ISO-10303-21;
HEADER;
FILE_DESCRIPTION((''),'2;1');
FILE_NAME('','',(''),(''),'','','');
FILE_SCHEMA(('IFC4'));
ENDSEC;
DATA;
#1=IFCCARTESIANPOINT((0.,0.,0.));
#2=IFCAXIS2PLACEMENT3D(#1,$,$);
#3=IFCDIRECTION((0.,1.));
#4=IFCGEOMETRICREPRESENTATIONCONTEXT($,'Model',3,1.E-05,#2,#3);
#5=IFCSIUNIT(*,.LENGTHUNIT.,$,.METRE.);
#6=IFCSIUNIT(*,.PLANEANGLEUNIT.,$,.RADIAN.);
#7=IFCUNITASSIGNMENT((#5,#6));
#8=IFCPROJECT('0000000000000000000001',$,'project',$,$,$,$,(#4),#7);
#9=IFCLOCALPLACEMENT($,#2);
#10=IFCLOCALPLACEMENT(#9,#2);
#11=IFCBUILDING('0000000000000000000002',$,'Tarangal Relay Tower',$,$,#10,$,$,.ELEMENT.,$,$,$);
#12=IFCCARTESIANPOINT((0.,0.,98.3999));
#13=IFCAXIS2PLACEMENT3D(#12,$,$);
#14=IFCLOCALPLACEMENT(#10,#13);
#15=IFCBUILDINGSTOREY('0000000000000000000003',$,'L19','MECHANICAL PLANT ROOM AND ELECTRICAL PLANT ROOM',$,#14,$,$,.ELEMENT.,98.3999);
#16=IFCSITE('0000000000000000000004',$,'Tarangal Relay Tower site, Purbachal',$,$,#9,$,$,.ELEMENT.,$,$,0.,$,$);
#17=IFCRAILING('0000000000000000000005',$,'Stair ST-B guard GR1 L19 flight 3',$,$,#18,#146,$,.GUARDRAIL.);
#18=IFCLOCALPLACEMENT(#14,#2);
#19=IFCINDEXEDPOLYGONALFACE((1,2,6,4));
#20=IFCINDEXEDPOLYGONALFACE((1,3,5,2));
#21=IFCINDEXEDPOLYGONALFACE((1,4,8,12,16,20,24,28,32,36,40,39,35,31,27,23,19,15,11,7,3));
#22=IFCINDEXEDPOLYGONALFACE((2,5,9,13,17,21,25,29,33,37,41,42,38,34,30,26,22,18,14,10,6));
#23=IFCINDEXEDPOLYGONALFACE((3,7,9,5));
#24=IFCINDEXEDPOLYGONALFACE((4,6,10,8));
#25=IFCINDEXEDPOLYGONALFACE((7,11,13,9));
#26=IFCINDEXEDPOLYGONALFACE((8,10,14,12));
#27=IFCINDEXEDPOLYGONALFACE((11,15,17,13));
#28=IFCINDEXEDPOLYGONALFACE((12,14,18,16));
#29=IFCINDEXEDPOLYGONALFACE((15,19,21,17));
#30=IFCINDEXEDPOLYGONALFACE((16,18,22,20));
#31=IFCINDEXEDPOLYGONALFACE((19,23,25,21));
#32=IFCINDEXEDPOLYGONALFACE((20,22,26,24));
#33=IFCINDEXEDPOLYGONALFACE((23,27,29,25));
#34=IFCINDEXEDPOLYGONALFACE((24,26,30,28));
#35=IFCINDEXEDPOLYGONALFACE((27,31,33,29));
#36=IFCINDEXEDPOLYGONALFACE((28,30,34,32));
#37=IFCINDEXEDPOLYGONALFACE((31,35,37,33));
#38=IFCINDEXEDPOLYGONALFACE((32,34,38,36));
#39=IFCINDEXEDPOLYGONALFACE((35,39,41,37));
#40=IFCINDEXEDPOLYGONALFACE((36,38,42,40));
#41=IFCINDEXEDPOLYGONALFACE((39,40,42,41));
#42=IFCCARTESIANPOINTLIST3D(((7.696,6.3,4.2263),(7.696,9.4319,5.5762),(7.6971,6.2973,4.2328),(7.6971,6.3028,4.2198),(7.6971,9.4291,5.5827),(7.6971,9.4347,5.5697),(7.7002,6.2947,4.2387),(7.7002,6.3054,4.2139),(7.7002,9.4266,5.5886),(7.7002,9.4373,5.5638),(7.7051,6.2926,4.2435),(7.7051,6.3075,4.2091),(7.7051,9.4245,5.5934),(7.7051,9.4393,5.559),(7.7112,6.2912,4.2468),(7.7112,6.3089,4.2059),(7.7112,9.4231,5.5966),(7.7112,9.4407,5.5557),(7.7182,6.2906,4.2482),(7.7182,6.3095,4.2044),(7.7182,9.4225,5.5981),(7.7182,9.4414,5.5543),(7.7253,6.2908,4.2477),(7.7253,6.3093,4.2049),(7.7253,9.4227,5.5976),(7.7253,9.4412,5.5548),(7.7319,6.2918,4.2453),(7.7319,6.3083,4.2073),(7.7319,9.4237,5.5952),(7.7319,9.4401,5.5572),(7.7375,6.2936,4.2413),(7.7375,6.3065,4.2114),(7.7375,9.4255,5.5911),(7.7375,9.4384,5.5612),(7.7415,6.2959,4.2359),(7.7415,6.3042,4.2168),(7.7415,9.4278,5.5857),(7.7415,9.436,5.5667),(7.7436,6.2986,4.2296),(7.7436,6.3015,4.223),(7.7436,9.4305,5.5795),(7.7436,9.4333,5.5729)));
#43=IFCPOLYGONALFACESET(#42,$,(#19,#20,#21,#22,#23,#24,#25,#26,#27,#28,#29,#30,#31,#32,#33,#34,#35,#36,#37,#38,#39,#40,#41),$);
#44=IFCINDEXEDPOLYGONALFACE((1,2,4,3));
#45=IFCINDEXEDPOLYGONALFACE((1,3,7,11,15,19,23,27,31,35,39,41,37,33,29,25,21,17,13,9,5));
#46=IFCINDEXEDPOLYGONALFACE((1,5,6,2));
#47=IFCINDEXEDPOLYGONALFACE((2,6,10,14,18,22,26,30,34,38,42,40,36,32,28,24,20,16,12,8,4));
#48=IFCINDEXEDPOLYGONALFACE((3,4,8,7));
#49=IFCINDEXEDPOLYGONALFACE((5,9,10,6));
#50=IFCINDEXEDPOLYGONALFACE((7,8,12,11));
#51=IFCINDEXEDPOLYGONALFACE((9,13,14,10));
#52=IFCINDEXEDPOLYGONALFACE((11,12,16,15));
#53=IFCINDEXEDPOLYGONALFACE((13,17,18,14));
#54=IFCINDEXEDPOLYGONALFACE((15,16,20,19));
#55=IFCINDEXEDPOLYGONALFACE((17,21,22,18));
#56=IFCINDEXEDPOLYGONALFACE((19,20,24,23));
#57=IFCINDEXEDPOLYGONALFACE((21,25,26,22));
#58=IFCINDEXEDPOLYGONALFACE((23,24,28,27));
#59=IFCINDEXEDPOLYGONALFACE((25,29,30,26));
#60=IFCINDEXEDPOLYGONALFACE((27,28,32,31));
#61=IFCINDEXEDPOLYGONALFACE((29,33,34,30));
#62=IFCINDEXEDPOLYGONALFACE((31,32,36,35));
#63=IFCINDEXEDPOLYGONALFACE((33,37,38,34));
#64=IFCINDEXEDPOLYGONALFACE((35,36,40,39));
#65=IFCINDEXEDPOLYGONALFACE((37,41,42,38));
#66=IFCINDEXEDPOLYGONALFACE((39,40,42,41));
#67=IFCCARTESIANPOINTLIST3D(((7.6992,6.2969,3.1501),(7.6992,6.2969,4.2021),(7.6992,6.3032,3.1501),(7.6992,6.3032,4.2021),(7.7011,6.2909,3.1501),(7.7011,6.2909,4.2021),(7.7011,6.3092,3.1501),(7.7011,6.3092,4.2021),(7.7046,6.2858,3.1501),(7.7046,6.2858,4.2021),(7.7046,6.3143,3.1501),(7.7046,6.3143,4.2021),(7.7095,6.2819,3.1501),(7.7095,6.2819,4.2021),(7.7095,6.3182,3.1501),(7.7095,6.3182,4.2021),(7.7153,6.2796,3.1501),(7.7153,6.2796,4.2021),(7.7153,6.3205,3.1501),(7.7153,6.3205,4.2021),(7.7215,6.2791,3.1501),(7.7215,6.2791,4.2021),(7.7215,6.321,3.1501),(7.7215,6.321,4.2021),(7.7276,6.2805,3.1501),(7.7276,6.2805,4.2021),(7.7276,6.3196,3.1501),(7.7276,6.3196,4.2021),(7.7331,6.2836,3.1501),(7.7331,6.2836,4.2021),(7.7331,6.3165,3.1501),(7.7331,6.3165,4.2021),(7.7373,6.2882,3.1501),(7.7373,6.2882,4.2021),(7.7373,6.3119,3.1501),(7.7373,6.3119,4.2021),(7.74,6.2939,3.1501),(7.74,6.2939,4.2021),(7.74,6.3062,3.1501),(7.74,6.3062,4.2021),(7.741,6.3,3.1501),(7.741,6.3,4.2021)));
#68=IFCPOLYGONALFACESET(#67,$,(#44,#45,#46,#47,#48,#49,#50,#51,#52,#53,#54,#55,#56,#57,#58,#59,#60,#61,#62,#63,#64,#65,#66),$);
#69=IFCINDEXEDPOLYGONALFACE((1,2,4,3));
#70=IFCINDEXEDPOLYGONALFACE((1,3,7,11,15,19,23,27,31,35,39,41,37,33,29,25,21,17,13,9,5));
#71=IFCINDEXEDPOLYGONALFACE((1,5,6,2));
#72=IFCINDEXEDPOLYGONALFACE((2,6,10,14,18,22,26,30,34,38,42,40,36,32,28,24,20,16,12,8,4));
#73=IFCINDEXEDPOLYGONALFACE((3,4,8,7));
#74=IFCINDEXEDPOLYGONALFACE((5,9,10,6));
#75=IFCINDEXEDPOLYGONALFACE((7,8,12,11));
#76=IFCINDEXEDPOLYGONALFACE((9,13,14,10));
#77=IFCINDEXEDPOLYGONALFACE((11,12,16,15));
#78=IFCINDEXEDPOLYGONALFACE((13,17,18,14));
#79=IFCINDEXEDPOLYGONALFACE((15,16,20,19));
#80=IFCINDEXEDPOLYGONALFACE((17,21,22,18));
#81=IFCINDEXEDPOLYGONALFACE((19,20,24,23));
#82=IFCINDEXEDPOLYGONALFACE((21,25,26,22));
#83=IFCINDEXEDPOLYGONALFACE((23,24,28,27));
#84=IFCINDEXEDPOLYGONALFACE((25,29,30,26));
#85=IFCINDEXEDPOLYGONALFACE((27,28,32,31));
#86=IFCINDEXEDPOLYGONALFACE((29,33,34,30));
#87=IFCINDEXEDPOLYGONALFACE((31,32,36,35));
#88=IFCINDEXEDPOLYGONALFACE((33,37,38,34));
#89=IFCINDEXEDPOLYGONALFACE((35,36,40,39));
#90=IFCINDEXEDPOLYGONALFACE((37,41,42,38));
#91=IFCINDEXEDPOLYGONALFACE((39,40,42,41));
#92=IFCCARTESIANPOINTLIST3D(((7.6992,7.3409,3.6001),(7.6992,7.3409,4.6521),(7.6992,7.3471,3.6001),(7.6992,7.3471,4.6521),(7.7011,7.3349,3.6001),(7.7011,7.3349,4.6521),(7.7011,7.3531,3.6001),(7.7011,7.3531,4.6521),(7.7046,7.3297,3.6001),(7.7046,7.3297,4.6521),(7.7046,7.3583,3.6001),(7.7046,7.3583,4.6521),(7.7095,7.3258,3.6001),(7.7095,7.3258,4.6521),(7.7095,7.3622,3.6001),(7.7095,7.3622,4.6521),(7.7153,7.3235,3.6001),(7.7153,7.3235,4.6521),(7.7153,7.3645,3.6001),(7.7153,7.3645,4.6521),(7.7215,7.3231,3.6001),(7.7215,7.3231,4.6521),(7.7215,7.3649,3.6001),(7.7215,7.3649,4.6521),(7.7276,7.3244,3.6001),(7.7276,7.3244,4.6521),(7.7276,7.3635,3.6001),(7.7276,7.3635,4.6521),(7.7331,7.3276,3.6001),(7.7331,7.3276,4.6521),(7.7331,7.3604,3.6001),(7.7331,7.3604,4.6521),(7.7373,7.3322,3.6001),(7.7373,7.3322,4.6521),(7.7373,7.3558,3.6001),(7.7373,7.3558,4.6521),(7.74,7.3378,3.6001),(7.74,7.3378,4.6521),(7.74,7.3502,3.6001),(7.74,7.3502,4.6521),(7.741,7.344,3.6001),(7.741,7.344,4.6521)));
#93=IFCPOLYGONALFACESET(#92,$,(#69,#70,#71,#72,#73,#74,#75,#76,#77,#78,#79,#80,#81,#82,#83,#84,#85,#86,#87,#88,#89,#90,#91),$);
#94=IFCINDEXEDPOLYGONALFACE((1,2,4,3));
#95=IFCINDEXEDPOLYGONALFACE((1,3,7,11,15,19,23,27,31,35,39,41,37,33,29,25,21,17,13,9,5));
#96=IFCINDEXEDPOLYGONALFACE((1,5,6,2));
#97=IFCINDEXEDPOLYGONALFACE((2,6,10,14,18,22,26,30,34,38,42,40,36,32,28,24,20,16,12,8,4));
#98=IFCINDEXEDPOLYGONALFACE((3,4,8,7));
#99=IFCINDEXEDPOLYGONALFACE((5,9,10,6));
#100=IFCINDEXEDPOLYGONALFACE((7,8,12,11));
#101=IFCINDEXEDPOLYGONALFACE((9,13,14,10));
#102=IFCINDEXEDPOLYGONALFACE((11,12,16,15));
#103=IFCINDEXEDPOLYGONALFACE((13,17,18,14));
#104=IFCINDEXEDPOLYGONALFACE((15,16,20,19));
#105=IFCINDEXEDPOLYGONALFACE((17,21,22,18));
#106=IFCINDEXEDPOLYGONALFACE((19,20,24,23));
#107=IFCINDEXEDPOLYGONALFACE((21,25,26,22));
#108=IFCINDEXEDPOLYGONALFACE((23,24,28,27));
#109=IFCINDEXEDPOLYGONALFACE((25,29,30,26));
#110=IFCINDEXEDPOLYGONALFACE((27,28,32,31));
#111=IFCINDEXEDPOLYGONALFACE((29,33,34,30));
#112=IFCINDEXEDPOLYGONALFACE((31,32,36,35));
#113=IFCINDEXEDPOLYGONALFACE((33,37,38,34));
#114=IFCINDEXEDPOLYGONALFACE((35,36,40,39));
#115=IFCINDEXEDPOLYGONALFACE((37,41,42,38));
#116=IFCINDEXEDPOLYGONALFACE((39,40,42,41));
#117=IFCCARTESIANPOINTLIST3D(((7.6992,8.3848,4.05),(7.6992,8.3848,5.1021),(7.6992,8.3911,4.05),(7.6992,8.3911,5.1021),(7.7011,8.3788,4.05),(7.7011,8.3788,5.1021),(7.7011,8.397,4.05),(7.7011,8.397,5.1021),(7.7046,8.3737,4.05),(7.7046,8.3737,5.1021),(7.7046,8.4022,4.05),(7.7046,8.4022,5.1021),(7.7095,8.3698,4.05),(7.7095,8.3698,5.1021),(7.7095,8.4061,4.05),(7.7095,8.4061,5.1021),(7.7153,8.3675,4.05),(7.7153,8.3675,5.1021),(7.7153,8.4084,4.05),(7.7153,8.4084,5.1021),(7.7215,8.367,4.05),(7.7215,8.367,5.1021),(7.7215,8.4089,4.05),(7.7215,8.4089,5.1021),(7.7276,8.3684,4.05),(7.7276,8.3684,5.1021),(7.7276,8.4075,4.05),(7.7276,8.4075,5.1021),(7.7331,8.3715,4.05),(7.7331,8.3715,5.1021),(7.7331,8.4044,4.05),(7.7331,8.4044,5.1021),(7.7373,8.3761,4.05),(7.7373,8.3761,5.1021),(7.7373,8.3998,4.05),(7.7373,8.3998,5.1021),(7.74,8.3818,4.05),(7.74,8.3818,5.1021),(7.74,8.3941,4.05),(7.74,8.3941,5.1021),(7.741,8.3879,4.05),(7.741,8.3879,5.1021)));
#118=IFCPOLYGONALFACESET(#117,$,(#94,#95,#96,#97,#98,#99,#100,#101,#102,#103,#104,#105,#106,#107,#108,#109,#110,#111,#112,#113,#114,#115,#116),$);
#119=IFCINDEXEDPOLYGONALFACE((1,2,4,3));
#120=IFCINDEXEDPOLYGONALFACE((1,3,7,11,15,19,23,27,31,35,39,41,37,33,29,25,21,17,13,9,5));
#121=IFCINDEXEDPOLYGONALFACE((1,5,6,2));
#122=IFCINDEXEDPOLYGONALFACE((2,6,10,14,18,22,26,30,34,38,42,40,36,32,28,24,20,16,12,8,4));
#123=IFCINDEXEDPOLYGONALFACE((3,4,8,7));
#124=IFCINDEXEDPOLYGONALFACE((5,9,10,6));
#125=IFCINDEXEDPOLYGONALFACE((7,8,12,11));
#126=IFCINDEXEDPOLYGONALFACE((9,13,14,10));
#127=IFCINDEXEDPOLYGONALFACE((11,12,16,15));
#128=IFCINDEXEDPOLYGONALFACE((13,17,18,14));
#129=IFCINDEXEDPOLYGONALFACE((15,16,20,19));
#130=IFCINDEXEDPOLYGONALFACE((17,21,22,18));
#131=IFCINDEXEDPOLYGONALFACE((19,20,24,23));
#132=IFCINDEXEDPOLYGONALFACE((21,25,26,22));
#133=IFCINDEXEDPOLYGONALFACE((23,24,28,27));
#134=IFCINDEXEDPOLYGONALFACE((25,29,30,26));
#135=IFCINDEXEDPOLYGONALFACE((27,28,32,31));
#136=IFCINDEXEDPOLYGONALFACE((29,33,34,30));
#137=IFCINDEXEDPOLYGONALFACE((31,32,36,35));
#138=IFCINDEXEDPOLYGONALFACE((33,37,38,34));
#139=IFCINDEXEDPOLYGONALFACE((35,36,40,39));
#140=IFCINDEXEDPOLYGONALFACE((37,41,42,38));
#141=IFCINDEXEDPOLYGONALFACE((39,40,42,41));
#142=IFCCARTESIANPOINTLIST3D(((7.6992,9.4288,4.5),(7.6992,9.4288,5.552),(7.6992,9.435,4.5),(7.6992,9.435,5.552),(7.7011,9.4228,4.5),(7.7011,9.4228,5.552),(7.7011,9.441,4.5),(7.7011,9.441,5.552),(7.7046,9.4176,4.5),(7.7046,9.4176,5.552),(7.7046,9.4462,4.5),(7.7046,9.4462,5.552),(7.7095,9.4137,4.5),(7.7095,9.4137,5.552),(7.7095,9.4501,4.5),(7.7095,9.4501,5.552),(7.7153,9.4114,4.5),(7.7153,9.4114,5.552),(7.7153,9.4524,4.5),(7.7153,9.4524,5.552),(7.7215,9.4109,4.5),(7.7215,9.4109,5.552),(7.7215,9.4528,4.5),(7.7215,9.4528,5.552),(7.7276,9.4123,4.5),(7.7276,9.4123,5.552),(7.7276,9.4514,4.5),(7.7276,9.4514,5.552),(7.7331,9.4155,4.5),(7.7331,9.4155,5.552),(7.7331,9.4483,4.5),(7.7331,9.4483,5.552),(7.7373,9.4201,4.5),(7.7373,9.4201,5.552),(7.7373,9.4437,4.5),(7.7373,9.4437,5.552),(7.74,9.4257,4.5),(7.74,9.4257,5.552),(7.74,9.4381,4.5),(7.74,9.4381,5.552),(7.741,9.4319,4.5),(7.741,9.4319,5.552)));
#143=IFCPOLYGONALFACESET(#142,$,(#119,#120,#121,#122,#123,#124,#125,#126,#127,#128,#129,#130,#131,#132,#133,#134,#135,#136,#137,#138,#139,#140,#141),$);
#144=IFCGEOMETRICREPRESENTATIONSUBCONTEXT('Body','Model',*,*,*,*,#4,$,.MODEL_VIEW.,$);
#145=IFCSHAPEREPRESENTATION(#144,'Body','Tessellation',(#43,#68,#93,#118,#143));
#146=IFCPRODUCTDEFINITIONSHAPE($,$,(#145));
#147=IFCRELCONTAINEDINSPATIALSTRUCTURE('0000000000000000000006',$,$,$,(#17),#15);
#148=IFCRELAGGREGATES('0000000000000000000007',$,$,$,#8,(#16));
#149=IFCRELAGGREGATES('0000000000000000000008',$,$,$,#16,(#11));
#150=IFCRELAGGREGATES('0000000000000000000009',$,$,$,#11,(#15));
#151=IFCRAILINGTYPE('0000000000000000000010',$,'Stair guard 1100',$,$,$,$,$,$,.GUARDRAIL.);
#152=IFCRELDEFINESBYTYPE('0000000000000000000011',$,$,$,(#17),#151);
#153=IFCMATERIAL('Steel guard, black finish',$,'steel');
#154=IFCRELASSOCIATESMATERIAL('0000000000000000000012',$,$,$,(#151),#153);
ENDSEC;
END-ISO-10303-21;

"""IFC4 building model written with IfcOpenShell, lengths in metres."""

from ifc_helpers import new_model, si_unit, direction, frame, origin, origin_2d, place, context, subcontext, project, spatial, circle, extrude, material, type_object, element, save


model = new_model("IFC4")

# Units and contexts
model_context = context("Model", 3, precision=1e-05, world=origin(), true_north=direction((0.0, 1.0)))
body_context = subcontext(model_context, "Body", "Model", "MODEL_VIEW")
ifc_project = project(units=[si_unit("LENGTHUNIT", "METRE"), si_unit("PLANEANGLEUNIT", "RADIAN")], contexts=[model_context])

# Site, building, storey
site_placement = place(None, origin())
site = spatial("IfcSite", under=ifc_project, at=site_placement, Name="Tarangal Relay Tower site, Purbachal", CompositionType="ELEMENT", RefElevation=0.0)
building_placement = place(site_placement, origin())
building = spatial("IfcBuilding", under=site, at=building_placement, Name="Tarangal Relay Tower", CompositionType="ELEMENT")
storey_placement = place(building_placement, frame((0.0, 0.0, 98.3999)))
storey = spatial("IfcBuildingStorey", under=building, at=storey_placement, Name="L19", Description="MECHANICAL PLANT ROOM AND ELECTRICAL PLANT ROOM", CompositionType="ELEMENT", Elevation=98.3999)

# Railing
ifc_material_1 = material(Name="Steel guard, black finish", Category="steel")
railing_type_1 = type_object("IfcRailingType", Name="Stair guard 1100", PredefinedType="GUARDRAIL", material=ifc_material_1)
railing_1_placement = place(storey_placement, frame((7.72, 6.3, 3.1501)))
element("IfcRailing", 1, at=railing_1_placement, inside=storey, type_object=railing_type_1, Name="Stair ST-B guard GR1 L19 flight 3", PredefinedType="GUARDRAIL", context=body_context, shape_type="SweptSolid", body=[
    extrude(circle(Radius=0.0239, at=origin_2d()), frame((0.0, 0.0, 1.0762), z_axis=(0.0, 0.918332, 0.395811), x_axis=(-1.0, 0.0, 0.0)), (0.0, 0.0, 1.0), 3.4104),
    extrude(circle(Radius=0.021, at=origin_2d()), origin(), (0.0, 0.0, 1.0), 1.052),
    extrude(circle(Radius=0.021, at=origin_2d()), frame((0.0, 1.0439, 0.45)), (0.0, 0.0, 1.0), 1.052),
    extrude(circle(Radius=0.021, at=origin_2d()), frame((0.0, 2.0879, 0.8999)), (0.0, 0.0, 1.0), 1.052),
    extrude(circle(Radius=0.021, at=origin_2d()), frame((0.0, 3.1318, 1.3499)), (0.0, 0.0, 1.0), 1.052),
])

save(model, "model.ifc")
